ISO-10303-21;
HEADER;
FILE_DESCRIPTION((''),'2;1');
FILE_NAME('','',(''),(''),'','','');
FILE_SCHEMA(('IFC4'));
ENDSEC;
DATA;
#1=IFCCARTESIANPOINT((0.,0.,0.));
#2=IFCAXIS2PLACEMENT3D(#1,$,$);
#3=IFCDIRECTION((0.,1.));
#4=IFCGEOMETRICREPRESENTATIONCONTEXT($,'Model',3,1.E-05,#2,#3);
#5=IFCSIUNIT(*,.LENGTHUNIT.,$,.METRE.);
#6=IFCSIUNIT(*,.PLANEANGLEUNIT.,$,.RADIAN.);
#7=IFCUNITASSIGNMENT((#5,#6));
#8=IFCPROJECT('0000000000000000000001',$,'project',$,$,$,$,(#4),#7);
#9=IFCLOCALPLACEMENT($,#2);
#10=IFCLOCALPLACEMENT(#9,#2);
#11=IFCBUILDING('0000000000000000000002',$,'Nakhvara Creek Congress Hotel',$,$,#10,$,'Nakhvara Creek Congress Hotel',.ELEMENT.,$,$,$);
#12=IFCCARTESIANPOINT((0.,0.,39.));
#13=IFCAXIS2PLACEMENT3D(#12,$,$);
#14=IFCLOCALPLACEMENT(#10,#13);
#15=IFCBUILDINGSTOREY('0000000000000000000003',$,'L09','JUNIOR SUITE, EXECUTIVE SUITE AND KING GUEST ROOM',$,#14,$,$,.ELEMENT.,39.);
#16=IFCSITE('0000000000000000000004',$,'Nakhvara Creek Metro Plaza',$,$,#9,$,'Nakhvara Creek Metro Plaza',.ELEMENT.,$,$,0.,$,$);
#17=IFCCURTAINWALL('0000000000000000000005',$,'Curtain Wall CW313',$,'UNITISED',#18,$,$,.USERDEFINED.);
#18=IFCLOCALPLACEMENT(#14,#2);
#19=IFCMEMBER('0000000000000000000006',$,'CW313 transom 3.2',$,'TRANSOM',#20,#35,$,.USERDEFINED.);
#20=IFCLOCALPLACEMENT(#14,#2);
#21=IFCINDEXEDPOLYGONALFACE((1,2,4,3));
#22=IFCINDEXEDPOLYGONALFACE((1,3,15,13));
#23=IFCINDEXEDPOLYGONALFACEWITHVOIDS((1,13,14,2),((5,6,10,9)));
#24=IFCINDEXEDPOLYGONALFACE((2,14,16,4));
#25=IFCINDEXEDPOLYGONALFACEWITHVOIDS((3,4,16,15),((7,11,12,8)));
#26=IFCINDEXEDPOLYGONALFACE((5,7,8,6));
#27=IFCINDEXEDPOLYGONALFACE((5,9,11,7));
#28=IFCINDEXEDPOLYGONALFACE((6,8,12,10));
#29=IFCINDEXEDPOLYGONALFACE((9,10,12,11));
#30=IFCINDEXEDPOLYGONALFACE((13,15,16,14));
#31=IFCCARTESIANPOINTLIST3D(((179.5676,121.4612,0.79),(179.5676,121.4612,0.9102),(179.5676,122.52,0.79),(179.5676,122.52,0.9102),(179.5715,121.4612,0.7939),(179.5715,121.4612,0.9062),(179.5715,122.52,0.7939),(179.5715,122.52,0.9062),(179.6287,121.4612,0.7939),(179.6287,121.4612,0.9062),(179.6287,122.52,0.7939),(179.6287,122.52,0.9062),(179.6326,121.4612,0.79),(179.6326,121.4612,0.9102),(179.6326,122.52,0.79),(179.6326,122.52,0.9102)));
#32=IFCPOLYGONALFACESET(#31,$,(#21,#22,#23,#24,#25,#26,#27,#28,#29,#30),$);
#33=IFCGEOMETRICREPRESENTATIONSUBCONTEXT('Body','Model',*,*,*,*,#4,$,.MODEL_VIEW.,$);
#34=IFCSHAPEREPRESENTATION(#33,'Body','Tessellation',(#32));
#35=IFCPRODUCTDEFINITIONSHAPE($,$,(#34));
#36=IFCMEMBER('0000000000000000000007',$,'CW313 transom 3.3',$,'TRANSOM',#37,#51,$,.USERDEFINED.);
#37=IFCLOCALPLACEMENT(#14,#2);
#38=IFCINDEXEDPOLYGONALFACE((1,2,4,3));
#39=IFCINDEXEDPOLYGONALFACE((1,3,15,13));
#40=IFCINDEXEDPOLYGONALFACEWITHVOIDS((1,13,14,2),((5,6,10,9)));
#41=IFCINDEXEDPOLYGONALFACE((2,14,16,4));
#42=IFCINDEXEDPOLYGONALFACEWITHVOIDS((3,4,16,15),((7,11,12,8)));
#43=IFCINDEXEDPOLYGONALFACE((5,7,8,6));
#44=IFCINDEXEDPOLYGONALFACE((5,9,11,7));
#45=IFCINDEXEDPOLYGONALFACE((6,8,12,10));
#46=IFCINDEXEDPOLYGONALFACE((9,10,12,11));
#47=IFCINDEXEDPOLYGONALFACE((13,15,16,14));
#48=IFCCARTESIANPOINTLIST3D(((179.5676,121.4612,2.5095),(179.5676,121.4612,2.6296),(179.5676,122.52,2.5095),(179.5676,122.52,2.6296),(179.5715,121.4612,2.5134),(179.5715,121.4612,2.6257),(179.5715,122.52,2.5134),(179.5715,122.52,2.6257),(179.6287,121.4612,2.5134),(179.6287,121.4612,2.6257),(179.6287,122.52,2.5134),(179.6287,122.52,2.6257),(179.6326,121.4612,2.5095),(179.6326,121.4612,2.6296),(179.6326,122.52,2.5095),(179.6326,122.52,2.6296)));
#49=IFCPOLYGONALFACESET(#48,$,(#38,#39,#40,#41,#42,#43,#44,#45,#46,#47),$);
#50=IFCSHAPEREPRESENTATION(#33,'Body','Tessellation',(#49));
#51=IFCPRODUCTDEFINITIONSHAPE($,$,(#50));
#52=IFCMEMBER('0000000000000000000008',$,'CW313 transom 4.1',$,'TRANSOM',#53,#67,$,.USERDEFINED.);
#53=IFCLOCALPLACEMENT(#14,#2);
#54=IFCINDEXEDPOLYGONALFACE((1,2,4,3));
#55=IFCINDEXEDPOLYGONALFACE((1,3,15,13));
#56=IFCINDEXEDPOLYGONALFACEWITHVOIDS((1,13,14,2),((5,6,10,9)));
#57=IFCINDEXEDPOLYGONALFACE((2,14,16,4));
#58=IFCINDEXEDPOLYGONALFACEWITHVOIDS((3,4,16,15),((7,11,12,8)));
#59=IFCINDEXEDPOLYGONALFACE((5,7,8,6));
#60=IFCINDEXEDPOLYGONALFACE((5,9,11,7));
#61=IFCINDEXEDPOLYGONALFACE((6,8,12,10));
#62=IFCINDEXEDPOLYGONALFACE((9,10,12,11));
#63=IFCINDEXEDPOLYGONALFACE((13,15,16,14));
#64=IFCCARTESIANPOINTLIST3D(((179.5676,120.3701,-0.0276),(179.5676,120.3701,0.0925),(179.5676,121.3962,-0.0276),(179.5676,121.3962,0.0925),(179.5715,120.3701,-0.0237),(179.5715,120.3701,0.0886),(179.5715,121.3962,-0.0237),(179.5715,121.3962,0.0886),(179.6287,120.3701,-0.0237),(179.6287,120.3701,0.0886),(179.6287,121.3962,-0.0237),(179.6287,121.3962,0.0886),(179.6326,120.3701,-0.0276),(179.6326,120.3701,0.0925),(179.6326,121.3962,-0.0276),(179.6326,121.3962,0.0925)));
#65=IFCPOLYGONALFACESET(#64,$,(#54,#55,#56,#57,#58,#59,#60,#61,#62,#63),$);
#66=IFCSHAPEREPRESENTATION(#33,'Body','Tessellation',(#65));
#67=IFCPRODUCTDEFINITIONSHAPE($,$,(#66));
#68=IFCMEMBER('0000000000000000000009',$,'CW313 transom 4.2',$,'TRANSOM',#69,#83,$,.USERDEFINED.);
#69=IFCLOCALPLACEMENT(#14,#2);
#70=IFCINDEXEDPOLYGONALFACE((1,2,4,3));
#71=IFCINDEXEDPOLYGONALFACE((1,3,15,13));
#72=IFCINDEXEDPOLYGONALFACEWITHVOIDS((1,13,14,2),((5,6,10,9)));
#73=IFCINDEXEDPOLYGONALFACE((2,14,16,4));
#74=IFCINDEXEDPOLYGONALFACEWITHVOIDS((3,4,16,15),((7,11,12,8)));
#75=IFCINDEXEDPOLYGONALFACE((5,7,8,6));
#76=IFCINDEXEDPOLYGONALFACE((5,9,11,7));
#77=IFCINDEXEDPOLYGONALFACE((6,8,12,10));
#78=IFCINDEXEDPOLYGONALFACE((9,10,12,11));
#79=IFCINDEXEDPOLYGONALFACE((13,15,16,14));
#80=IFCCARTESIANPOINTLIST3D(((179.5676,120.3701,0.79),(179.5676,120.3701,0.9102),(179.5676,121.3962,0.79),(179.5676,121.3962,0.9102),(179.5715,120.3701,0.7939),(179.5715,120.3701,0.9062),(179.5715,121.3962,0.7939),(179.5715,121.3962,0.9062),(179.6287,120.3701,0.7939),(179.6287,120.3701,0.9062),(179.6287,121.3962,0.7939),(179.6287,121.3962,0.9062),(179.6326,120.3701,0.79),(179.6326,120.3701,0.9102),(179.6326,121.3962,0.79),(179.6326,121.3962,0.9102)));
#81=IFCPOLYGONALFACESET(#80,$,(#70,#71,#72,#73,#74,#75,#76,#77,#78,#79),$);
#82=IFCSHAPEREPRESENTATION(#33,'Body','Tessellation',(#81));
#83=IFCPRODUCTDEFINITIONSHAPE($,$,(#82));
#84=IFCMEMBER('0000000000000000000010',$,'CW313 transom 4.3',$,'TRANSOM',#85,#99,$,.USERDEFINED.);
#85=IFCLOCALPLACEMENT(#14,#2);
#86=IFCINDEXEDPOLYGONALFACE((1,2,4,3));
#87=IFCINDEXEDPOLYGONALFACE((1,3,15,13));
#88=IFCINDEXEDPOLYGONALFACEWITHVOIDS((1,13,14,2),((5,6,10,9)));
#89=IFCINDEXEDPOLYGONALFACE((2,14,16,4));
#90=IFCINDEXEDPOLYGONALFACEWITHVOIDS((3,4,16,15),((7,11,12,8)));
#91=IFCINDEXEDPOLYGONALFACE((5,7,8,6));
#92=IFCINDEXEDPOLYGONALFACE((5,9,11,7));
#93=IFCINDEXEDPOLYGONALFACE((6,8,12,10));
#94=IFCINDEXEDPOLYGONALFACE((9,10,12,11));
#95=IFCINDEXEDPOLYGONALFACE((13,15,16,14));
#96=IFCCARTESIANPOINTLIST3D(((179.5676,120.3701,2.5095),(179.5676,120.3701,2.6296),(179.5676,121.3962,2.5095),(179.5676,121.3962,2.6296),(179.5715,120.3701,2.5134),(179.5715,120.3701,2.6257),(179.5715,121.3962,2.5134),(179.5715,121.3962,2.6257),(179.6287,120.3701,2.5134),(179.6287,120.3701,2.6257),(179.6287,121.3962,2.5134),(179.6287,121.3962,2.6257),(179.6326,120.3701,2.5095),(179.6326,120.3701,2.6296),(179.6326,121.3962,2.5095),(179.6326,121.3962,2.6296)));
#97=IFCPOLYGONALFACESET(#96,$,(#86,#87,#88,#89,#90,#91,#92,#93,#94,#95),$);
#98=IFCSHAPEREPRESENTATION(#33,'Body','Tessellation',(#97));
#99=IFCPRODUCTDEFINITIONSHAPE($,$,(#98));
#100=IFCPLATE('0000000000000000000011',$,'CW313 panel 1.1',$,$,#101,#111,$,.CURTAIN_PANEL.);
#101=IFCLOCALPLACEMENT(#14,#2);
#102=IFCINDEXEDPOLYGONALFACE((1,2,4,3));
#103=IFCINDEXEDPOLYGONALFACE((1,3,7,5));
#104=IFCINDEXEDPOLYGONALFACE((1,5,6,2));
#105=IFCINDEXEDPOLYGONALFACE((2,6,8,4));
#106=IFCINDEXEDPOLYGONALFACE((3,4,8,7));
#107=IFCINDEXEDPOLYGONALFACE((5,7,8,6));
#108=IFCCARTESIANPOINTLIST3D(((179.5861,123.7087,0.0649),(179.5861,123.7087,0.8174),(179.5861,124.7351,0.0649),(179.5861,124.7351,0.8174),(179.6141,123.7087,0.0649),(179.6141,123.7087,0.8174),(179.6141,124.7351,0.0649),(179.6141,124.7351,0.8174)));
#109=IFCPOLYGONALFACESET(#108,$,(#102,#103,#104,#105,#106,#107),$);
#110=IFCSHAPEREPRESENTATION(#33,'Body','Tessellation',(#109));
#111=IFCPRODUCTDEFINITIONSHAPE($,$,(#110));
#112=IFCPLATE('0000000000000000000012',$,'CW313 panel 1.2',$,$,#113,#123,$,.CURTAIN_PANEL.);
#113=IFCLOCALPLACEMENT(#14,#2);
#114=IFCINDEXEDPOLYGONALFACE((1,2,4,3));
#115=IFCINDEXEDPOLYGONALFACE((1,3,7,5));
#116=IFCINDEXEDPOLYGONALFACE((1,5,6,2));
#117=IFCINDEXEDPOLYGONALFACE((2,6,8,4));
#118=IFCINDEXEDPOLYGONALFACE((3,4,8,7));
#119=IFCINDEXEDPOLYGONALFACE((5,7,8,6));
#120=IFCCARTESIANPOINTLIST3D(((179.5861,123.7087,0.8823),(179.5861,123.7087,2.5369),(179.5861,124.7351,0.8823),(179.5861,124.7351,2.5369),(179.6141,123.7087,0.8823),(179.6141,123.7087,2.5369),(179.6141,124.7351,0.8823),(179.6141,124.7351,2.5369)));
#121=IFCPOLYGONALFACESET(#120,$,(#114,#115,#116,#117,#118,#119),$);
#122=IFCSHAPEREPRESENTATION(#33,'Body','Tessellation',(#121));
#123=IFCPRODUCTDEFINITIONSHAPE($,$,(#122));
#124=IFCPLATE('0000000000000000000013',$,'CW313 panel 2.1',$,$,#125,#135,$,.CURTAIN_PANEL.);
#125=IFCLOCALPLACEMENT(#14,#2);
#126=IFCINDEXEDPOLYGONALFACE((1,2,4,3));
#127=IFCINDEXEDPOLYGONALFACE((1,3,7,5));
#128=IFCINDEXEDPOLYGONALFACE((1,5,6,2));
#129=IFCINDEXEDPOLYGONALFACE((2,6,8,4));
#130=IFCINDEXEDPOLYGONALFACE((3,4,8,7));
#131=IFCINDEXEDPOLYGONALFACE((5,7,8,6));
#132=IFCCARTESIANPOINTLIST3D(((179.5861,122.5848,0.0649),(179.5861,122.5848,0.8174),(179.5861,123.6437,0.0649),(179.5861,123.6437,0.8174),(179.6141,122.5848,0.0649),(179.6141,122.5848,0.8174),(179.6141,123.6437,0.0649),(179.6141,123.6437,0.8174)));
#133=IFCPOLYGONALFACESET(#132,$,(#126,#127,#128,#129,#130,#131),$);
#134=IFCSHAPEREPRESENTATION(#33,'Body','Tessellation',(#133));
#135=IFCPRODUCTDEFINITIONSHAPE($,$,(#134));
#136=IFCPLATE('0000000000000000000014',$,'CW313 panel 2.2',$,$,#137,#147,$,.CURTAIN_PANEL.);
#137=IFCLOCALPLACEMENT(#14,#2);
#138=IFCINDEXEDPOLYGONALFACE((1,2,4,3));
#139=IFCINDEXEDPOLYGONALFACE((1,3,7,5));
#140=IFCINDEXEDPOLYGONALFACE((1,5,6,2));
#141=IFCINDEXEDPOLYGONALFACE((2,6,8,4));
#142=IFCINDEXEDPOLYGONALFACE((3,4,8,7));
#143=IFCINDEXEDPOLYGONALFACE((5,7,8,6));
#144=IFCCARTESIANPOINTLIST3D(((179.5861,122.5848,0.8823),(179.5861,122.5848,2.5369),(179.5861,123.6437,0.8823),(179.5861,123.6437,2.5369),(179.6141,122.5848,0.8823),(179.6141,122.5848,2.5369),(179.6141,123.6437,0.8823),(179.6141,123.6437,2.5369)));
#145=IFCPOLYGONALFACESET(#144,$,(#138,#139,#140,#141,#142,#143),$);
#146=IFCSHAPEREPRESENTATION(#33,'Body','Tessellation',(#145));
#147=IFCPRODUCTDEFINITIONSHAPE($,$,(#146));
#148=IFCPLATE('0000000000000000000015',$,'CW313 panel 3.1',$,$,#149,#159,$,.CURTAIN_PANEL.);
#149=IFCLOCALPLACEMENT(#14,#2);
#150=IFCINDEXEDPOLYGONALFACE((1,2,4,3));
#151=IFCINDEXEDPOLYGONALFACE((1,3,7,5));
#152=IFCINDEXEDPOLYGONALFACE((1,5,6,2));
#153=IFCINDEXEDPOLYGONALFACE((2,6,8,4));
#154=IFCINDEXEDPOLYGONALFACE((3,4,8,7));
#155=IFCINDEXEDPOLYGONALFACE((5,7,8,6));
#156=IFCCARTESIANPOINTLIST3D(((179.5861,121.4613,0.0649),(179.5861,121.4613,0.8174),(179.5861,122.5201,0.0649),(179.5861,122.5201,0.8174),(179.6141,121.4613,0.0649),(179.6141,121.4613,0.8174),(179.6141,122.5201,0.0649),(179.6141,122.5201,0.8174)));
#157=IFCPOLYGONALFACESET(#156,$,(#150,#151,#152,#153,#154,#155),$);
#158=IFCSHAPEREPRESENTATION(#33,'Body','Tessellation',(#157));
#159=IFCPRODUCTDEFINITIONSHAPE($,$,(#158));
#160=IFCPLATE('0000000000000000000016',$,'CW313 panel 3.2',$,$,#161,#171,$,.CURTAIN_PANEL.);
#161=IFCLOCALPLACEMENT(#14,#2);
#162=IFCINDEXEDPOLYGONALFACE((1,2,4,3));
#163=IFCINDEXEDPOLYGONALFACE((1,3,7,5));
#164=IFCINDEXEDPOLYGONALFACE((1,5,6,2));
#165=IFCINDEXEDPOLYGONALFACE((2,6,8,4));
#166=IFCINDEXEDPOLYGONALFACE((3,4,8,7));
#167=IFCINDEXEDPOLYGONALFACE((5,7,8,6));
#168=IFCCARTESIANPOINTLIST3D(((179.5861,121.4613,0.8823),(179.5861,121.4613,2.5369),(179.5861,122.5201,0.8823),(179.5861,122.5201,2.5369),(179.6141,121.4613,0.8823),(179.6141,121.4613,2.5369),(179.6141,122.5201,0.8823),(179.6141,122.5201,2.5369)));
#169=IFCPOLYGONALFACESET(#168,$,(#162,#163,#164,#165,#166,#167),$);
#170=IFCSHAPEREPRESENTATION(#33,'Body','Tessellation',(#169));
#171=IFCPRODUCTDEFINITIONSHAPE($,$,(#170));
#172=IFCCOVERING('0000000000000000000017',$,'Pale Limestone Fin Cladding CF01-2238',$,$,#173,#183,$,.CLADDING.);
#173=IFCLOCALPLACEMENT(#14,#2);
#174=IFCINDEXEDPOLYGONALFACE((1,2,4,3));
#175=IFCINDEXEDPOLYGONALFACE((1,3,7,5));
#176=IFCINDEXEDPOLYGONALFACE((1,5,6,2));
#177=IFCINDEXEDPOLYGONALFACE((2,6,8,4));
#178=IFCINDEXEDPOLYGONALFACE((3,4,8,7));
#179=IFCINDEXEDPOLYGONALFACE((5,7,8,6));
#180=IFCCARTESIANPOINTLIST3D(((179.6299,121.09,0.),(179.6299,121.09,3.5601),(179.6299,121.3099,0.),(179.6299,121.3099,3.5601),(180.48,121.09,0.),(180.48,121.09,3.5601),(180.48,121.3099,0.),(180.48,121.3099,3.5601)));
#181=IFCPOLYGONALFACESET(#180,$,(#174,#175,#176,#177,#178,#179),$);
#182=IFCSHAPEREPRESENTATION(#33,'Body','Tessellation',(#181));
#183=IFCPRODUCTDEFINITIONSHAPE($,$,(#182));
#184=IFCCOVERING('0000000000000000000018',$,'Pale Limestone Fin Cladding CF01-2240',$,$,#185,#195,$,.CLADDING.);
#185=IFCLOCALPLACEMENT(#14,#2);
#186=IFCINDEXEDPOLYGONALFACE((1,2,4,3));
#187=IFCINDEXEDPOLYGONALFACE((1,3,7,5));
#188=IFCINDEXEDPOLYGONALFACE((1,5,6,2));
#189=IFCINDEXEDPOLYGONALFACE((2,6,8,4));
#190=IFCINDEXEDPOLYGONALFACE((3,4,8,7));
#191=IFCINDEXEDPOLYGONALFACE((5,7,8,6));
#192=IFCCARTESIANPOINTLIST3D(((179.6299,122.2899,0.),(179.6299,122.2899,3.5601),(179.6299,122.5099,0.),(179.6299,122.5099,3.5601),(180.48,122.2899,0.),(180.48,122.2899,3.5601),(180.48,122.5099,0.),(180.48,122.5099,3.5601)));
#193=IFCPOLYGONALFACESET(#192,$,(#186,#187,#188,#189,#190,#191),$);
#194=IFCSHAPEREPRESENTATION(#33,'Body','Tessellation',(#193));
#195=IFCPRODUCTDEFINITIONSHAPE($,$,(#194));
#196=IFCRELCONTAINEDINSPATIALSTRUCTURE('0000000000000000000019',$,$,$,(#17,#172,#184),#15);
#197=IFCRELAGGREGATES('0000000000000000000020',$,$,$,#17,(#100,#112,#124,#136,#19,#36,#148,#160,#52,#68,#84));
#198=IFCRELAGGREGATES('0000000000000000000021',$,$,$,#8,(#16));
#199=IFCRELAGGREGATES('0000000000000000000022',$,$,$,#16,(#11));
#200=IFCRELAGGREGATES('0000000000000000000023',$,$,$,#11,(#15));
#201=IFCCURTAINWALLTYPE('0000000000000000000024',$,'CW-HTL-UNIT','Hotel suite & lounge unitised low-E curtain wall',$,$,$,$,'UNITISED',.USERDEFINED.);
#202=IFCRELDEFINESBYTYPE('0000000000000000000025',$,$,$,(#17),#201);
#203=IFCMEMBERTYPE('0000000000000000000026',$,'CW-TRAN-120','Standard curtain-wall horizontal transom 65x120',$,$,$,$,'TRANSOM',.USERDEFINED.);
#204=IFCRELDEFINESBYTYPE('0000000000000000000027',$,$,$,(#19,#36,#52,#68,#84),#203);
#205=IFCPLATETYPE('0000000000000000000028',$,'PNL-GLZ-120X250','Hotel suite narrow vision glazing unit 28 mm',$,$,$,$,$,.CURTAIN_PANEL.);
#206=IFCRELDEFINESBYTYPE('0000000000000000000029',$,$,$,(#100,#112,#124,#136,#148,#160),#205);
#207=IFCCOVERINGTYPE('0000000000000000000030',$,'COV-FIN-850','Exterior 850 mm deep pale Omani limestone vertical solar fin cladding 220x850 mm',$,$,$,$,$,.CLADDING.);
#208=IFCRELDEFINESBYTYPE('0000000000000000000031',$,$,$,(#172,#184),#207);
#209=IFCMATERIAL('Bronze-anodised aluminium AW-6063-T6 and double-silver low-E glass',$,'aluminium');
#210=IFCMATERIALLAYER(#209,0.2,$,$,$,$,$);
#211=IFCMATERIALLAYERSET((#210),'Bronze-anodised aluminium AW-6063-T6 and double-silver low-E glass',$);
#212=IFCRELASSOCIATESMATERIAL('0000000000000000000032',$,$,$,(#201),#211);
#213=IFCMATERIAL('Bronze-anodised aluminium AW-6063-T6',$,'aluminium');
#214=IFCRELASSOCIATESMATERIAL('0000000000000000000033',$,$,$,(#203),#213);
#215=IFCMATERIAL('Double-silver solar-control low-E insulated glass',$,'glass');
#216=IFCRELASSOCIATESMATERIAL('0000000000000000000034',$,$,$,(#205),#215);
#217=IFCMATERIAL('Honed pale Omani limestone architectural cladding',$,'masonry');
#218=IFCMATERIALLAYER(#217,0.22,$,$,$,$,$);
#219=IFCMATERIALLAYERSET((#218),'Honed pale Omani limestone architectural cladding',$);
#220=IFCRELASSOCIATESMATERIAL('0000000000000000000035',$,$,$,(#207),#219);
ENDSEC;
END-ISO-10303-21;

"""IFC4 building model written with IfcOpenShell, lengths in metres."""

from ifc_helpers import new_model, si_unit, direction, frame, origin, origin_2d, place, context, subcontext, project, spatial, rectangle, hollow_rectangle, extrude, material, layer, layer_set, material_profile, profile_set, type_object, element, aggregate, save


model = new_model("IFC4")

# Units and contexts
model_context = context("Model", 3, precision=1e-05, world=origin(), true_north=direction((0.0, 1.0)))
body_context = subcontext(model_context, "Body", "Model", "MODEL_VIEW")
ifc_project = project(units=[si_unit("LENGTHUNIT", "METRE"), si_unit("PLANEANGLEUNIT", "RADIAN")], contexts=[model_context])

# Site, building, storey
site_placement = place(None, origin())
site = spatial("IfcSite", under=ifc_project, at=site_placement, Name="Nakhvara Creek Metro Plaza", LongName="Nakhvara Creek Metro Plaza", CompositionType="ELEMENT", RefElevation=0.0)
building_placement = place(site_placement, origin())
building = spatial("IfcBuilding", under=site, at=building_placement, Name="Nakhvara Creek Congress Hotel", LongName="Nakhvara Creek Congress Hotel", CompositionType="ELEMENT")
storey_placement = place(building_placement, frame((0.0, 0.0, 39.0)))
storey = spatial("IfcBuildingStorey", under=building, at=storey_placement, Name="L09", Description="JUNIOR SUITE, EXECUTIVE SUITE AND KING GUEST ROOM", CompositionType="ELEMENT", Elevation=39.0)

# Curtain wall, members, plates
ifc_material_1 = material(Name="Bronze-anodised aluminium AW-6063-T6 and double-silver low-E glass", Category="aluminium")
ifc_layer_1 = layer(ifc_material_1, 0.2)
ifc_layer_set_1 = layer_set([ifc_layer_1], Name="Bronze-anodised aluminium AW-6063-T6 and double-silver low-E glass")
curtain_wall_type = type_object("IfcCurtainWallType", Name="CW-HTL-UNIT", Description="Hotel suite & lounge unitised low-E curtain wall", ElementType="UNITISED", PredefinedType="USERDEFINED", material=ifc_layer_set_1)
curtain_wall_placement = place(storey_placement, origin())
curtain_wall = element("IfcCurtainWall", 1, at=curtain_wall_placement, inside=storey, type_object=curtain_wall_type, Name="Curtain Wall CW313", ObjectType="UNITISED", PredefinedType="USERDEFINED")
ifc_material_2 = material(Name="Bronze-anodised aluminium AW-6063-T6", Category="aluminium")
ifc_material_profile_1 = material_profile(ifc_material_2, hollow_rectangle(XDim=0.0649, YDim=0.1201, WallThickness=0.0039, at=origin_2d()), Name="ALU-TRAN 65x120x4", Category="LoadBearing")
ifc_profile_set_1 = profile_set([ifc_material_profile_1], Name="Bronze-anodised aluminium AW-6063-T6")
member_type_1 = type_object("IfcMemberType", Name="CW-TRAN-120", Description="Standard curtain-wall horizontal transom 65x120", ElementType="TRANSOM", PredefinedType="USERDEFINED", material=ifc_profile_set_1)
member_1_placement = place(storey_placement, frame((179.6001, 122.52, 0.8501), z_axis=(0.0, -1.0, 0.0), x_axis=(1.0, 0.0, 0.0)))
member_1 = element("IfcMember", 2, at=member_1_placement, type_object=member_type_1, Name="CW313 transom 3.2", ObjectType="TRANSOM", PredefinedType="USERDEFINED", context=body_context, shape_type="SweptSolid", body=[
    extrude(hollow_rectangle(XDim=0.0649, YDim=0.1201, WallThickness=0.0039, at=origin_2d()), origin(), (0.0, 0.0, 1.0), 1.0588),
])
member_2_placement = place(storey_placement, frame((179.6001, 122.52, 2.5696), z_axis=(0.0, -1.0, 0.0), x_axis=(1.0, 0.0, 0.0)))
member_2 = element("IfcMember", 3, at=member_2_placement, type_object=member_type_1, Name="CW313 transom 3.3", ObjectType="TRANSOM", PredefinedType="USERDEFINED", context=body_context, shape_type="SweptSolid", body=[
    extrude(hollow_rectangle(XDim=0.0649, YDim=0.1201, WallThickness=0.0039, at=origin_2d()), origin(), (0.0, 0.0, 1.0), 1.0588),
])
member_3_placement = place(storey_placement, frame((179.6001, 121.3962, 0.0325), z_axis=(0.0, -1.0, 0.0), x_axis=(1.0, 0.0, 0.0)))
member_3 = element("IfcMember", 4, at=member_3_placement, type_object=member_type_1, Name="CW313 transom 4.1", ObjectType="TRANSOM", PredefinedType="USERDEFINED", context=body_context, shape_type="SweptSolid", body=[
    extrude(hollow_rectangle(XDim=0.0649, YDim=0.1201, WallThickness=0.0039, at=origin_2d()), origin(), (0.0, 0.0, 1.0), 1.0261),
])
member_4_placement = place(storey_placement, frame((179.6001, 121.3962, 0.8501), z_axis=(0.0, -1.0, 0.0), x_axis=(1.0, 0.0, 0.0)))
member_4 = element("IfcMember", 5, at=member_4_placement, type_object=member_type_1, Name="CW313 transom 4.2", ObjectType="TRANSOM", PredefinedType="USERDEFINED", context=body_context, shape_type="SweptSolid", body=[
    extrude(hollow_rectangle(XDim=0.0649, YDim=0.1201, WallThickness=0.0039, at=origin_2d()), origin(), (0.0, 0.0, 1.0), 1.0261),
])
member_5_placement = place(storey_placement, frame((179.6001, 121.3962, 2.5696), z_axis=(0.0, -1.0, 0.0), x_axis=(1.0, 0.0, 0.0)))
member_5 = element("IfcMember", 6, at=member_5_placement, type_object=member_type_1, Name="CW313 transom 4.3", ObjectType="TRANSOM", PredefinedType="USERDEFINED", context=body_context, shape_type="SweptSolid", body=[
    extrude(hollow_rectangle(XDim=0.0649, YDim=0.1201, WallThickness=0.0039, at=origin_2d()), origin(), (0.0, 0.0, 1.0), 1.0261),
])
ifc_material_3 = material(Name="Double-silver solar-control low-E insulated glass", Category="glass")
plate_type = type_object("IfcPlateType", Name="PNL-GLZ-120X250", Description="Hotel suite narrow vision glazing unit 28 mm", PredefinedType="CURTAIN_PANEL", material=ifc_material_3)
plate_1_placement = place(storey_placement, frame((179.6001, 124.2219, 0.0649), z_axis=(0.0, 0.0, 1.0), x_axis=(0.0, -1.0, 0.0)))
plate_1 = element("IfcPlate", 7, at=plate_1_placement, type_object=plate_type, Name="CW313 panel 1.1", PredefinedType="CURTAIN_PANEL", context=body_context, shape_type="SweptSolid", body=[
    extrude(rectangle(XDim=1.0264, YDim=0.0281, at=origin_2d()), origin(), (0.0, 0.0, 1.0), 0.7524),
])
plate_2_placement = place(storey_placement, frame((179.6001, 124.2219, 0.8823), z_axis=(0.0, 0.0, 1.0), x_axis=(0.0, -1.0, 0.0)))
plate_2 = element("IfcPlate", 8, at=plate_2_placement, type_object=plate_type, Name="CW313 panel 1.2", PredefinedType="CURTAIN_PANEL", context=body_context, shape_type="SweptSolid", body=[
    extrude(rectangle(XDim=1.0264, YDim=0.0281, at=origin_2d()), origin(), (0.0, 0.0, 1.0), 1.6545),
])
plate_3_placement = place(storey_placement, frame((179.6001, 123.1143, 0.0649), z_axis=(0.0, 0.0, 1.0), x_axis=(0.0, -1.0, 0.0)))
plate_3 = element("IfcPlate", 9, at=plate_3_placement, type_object=plate_type, Name="CW313 panel 2.1", PredefinedType="CURTAIN_PANEL", context=body_context, shape_type="SweptSolid", body=[
    extrude(rectangle(XDim=1.0588, YDim=0.0281, at=origin_2d()), origin(), (0.0, 0.0, 1.0), 0.7524),
])
plate_4_placement = place(storey_placement, frame((179.6001, 123.1143, 0.8823), z_axis=(0.0, 0.0, 1.0), x_axis=(0.0, -1.0, 0.0)))
plate_4 = element("IfcPlate", 10, at=plate_4_placement, type_object=plate_type, Name="CW313 panel 2.2", PredefinedType="CURTAIN_PANEL", context=body_context, shape_type="SweptSolid", body=[
    extrude(rectangle(XDim=1.0588, YDim=0.0281, at=origin_2d()), origin(), (0.0, 0.0, 1.0), 1.6545),
])
plate_5_placement = place(storey_placement, frame((179.6001, 121.9907, 0.0649), z_axis=(0.0, 0.0, 1.0), x_axis=(0.0, -1.0, 0.0)))
plate_5 = element("IfcPlate", 11, at=plate_5_placement, type_object=plate_type, Name="CW313 panel 3.1", PredefinedType="CURTAIN_PANEL", context=body_context, shape_type="SweptSolid", body=[
    extrude(rectangle(XDim=1.0588, YDim=0.0281, at=origin_2d()), origin(), (0.0, 0.0, 1.0), 0.7524),
])
plate_6_placement = place(storey_placement, frame((179.6001, 121.9907, 0.8823), z_axis=(0.0, 0.0, 1.0), x_axis=(0.0, -1.0, 0.0)))
plate_6 = element("IfcPlate", 12, at=plate_6_placement, type_object=plate_type, Name="CW313 panel 3.2", PredefinedType="CURTAIN_PANEL", context=body_context, shape_type="SweptSolid", body=[
    extrude(rectangle(XDim=1.0588, YDim=0.0281, at=origin_2d()), origin(), (0.0, 0.0, 1.0), 1.6545),
])
aggregate(curtain_wall, [plate_1, plate_2, plate_3, plate_4, member_1, member_2, plate_5, plate_6, member_3, member_4, member_5])

# Coverings
ifc_material_4 = material(Name="Honed pale Omani limestone architectural cladding", Category="masonry")
ifc_layer_2 = layer(ifc_material_4, 0.22)
ifc_layer_set_2 = layer_set([ifc_layer_2], Name="Honed pale Omani limestone architectural cladding")
covering_type = type_object("IfcCoveringType", Name="COV-FIN-850", Description="Exterior 850 mm deep pale Omani limestone vertical solar fin cladding 220x850 mm", PredefinedType="CLADDING", material=ifc_layer_set_2)
for number, where, z_axis, x_axis, name in (
    (13, (180.0549, 121.2, 0.0), (0.0, 0.0, 1.0), (0.0, 1.0, 0.0), "Pale Limestone Fin Cladding CF01-2238"),
    (14, (180.0549, 122.3999, 0.0), (0.0, 0.0, 1.0), (0.0, 1.0, 0.0), "Pale Limestone Fin Cladding CF01-2240"),
):
    element("IfcCovering", number, at=place(storey_placement, frame(where, z_axis=z_axis, x_axis=x_axis)), inside=storey, type_object=covering_type, Name=name, PredefinedType="CLADDING", context=body_context, shape_type="SweptSolid", body=[
        extrude(rectangle(XDim=0.22, YDim=0.8501, at=origin_2d()), origin(), (0.0, 0.0, 1.0), 3.5601),
    ])

save(model, "model.ifc")
